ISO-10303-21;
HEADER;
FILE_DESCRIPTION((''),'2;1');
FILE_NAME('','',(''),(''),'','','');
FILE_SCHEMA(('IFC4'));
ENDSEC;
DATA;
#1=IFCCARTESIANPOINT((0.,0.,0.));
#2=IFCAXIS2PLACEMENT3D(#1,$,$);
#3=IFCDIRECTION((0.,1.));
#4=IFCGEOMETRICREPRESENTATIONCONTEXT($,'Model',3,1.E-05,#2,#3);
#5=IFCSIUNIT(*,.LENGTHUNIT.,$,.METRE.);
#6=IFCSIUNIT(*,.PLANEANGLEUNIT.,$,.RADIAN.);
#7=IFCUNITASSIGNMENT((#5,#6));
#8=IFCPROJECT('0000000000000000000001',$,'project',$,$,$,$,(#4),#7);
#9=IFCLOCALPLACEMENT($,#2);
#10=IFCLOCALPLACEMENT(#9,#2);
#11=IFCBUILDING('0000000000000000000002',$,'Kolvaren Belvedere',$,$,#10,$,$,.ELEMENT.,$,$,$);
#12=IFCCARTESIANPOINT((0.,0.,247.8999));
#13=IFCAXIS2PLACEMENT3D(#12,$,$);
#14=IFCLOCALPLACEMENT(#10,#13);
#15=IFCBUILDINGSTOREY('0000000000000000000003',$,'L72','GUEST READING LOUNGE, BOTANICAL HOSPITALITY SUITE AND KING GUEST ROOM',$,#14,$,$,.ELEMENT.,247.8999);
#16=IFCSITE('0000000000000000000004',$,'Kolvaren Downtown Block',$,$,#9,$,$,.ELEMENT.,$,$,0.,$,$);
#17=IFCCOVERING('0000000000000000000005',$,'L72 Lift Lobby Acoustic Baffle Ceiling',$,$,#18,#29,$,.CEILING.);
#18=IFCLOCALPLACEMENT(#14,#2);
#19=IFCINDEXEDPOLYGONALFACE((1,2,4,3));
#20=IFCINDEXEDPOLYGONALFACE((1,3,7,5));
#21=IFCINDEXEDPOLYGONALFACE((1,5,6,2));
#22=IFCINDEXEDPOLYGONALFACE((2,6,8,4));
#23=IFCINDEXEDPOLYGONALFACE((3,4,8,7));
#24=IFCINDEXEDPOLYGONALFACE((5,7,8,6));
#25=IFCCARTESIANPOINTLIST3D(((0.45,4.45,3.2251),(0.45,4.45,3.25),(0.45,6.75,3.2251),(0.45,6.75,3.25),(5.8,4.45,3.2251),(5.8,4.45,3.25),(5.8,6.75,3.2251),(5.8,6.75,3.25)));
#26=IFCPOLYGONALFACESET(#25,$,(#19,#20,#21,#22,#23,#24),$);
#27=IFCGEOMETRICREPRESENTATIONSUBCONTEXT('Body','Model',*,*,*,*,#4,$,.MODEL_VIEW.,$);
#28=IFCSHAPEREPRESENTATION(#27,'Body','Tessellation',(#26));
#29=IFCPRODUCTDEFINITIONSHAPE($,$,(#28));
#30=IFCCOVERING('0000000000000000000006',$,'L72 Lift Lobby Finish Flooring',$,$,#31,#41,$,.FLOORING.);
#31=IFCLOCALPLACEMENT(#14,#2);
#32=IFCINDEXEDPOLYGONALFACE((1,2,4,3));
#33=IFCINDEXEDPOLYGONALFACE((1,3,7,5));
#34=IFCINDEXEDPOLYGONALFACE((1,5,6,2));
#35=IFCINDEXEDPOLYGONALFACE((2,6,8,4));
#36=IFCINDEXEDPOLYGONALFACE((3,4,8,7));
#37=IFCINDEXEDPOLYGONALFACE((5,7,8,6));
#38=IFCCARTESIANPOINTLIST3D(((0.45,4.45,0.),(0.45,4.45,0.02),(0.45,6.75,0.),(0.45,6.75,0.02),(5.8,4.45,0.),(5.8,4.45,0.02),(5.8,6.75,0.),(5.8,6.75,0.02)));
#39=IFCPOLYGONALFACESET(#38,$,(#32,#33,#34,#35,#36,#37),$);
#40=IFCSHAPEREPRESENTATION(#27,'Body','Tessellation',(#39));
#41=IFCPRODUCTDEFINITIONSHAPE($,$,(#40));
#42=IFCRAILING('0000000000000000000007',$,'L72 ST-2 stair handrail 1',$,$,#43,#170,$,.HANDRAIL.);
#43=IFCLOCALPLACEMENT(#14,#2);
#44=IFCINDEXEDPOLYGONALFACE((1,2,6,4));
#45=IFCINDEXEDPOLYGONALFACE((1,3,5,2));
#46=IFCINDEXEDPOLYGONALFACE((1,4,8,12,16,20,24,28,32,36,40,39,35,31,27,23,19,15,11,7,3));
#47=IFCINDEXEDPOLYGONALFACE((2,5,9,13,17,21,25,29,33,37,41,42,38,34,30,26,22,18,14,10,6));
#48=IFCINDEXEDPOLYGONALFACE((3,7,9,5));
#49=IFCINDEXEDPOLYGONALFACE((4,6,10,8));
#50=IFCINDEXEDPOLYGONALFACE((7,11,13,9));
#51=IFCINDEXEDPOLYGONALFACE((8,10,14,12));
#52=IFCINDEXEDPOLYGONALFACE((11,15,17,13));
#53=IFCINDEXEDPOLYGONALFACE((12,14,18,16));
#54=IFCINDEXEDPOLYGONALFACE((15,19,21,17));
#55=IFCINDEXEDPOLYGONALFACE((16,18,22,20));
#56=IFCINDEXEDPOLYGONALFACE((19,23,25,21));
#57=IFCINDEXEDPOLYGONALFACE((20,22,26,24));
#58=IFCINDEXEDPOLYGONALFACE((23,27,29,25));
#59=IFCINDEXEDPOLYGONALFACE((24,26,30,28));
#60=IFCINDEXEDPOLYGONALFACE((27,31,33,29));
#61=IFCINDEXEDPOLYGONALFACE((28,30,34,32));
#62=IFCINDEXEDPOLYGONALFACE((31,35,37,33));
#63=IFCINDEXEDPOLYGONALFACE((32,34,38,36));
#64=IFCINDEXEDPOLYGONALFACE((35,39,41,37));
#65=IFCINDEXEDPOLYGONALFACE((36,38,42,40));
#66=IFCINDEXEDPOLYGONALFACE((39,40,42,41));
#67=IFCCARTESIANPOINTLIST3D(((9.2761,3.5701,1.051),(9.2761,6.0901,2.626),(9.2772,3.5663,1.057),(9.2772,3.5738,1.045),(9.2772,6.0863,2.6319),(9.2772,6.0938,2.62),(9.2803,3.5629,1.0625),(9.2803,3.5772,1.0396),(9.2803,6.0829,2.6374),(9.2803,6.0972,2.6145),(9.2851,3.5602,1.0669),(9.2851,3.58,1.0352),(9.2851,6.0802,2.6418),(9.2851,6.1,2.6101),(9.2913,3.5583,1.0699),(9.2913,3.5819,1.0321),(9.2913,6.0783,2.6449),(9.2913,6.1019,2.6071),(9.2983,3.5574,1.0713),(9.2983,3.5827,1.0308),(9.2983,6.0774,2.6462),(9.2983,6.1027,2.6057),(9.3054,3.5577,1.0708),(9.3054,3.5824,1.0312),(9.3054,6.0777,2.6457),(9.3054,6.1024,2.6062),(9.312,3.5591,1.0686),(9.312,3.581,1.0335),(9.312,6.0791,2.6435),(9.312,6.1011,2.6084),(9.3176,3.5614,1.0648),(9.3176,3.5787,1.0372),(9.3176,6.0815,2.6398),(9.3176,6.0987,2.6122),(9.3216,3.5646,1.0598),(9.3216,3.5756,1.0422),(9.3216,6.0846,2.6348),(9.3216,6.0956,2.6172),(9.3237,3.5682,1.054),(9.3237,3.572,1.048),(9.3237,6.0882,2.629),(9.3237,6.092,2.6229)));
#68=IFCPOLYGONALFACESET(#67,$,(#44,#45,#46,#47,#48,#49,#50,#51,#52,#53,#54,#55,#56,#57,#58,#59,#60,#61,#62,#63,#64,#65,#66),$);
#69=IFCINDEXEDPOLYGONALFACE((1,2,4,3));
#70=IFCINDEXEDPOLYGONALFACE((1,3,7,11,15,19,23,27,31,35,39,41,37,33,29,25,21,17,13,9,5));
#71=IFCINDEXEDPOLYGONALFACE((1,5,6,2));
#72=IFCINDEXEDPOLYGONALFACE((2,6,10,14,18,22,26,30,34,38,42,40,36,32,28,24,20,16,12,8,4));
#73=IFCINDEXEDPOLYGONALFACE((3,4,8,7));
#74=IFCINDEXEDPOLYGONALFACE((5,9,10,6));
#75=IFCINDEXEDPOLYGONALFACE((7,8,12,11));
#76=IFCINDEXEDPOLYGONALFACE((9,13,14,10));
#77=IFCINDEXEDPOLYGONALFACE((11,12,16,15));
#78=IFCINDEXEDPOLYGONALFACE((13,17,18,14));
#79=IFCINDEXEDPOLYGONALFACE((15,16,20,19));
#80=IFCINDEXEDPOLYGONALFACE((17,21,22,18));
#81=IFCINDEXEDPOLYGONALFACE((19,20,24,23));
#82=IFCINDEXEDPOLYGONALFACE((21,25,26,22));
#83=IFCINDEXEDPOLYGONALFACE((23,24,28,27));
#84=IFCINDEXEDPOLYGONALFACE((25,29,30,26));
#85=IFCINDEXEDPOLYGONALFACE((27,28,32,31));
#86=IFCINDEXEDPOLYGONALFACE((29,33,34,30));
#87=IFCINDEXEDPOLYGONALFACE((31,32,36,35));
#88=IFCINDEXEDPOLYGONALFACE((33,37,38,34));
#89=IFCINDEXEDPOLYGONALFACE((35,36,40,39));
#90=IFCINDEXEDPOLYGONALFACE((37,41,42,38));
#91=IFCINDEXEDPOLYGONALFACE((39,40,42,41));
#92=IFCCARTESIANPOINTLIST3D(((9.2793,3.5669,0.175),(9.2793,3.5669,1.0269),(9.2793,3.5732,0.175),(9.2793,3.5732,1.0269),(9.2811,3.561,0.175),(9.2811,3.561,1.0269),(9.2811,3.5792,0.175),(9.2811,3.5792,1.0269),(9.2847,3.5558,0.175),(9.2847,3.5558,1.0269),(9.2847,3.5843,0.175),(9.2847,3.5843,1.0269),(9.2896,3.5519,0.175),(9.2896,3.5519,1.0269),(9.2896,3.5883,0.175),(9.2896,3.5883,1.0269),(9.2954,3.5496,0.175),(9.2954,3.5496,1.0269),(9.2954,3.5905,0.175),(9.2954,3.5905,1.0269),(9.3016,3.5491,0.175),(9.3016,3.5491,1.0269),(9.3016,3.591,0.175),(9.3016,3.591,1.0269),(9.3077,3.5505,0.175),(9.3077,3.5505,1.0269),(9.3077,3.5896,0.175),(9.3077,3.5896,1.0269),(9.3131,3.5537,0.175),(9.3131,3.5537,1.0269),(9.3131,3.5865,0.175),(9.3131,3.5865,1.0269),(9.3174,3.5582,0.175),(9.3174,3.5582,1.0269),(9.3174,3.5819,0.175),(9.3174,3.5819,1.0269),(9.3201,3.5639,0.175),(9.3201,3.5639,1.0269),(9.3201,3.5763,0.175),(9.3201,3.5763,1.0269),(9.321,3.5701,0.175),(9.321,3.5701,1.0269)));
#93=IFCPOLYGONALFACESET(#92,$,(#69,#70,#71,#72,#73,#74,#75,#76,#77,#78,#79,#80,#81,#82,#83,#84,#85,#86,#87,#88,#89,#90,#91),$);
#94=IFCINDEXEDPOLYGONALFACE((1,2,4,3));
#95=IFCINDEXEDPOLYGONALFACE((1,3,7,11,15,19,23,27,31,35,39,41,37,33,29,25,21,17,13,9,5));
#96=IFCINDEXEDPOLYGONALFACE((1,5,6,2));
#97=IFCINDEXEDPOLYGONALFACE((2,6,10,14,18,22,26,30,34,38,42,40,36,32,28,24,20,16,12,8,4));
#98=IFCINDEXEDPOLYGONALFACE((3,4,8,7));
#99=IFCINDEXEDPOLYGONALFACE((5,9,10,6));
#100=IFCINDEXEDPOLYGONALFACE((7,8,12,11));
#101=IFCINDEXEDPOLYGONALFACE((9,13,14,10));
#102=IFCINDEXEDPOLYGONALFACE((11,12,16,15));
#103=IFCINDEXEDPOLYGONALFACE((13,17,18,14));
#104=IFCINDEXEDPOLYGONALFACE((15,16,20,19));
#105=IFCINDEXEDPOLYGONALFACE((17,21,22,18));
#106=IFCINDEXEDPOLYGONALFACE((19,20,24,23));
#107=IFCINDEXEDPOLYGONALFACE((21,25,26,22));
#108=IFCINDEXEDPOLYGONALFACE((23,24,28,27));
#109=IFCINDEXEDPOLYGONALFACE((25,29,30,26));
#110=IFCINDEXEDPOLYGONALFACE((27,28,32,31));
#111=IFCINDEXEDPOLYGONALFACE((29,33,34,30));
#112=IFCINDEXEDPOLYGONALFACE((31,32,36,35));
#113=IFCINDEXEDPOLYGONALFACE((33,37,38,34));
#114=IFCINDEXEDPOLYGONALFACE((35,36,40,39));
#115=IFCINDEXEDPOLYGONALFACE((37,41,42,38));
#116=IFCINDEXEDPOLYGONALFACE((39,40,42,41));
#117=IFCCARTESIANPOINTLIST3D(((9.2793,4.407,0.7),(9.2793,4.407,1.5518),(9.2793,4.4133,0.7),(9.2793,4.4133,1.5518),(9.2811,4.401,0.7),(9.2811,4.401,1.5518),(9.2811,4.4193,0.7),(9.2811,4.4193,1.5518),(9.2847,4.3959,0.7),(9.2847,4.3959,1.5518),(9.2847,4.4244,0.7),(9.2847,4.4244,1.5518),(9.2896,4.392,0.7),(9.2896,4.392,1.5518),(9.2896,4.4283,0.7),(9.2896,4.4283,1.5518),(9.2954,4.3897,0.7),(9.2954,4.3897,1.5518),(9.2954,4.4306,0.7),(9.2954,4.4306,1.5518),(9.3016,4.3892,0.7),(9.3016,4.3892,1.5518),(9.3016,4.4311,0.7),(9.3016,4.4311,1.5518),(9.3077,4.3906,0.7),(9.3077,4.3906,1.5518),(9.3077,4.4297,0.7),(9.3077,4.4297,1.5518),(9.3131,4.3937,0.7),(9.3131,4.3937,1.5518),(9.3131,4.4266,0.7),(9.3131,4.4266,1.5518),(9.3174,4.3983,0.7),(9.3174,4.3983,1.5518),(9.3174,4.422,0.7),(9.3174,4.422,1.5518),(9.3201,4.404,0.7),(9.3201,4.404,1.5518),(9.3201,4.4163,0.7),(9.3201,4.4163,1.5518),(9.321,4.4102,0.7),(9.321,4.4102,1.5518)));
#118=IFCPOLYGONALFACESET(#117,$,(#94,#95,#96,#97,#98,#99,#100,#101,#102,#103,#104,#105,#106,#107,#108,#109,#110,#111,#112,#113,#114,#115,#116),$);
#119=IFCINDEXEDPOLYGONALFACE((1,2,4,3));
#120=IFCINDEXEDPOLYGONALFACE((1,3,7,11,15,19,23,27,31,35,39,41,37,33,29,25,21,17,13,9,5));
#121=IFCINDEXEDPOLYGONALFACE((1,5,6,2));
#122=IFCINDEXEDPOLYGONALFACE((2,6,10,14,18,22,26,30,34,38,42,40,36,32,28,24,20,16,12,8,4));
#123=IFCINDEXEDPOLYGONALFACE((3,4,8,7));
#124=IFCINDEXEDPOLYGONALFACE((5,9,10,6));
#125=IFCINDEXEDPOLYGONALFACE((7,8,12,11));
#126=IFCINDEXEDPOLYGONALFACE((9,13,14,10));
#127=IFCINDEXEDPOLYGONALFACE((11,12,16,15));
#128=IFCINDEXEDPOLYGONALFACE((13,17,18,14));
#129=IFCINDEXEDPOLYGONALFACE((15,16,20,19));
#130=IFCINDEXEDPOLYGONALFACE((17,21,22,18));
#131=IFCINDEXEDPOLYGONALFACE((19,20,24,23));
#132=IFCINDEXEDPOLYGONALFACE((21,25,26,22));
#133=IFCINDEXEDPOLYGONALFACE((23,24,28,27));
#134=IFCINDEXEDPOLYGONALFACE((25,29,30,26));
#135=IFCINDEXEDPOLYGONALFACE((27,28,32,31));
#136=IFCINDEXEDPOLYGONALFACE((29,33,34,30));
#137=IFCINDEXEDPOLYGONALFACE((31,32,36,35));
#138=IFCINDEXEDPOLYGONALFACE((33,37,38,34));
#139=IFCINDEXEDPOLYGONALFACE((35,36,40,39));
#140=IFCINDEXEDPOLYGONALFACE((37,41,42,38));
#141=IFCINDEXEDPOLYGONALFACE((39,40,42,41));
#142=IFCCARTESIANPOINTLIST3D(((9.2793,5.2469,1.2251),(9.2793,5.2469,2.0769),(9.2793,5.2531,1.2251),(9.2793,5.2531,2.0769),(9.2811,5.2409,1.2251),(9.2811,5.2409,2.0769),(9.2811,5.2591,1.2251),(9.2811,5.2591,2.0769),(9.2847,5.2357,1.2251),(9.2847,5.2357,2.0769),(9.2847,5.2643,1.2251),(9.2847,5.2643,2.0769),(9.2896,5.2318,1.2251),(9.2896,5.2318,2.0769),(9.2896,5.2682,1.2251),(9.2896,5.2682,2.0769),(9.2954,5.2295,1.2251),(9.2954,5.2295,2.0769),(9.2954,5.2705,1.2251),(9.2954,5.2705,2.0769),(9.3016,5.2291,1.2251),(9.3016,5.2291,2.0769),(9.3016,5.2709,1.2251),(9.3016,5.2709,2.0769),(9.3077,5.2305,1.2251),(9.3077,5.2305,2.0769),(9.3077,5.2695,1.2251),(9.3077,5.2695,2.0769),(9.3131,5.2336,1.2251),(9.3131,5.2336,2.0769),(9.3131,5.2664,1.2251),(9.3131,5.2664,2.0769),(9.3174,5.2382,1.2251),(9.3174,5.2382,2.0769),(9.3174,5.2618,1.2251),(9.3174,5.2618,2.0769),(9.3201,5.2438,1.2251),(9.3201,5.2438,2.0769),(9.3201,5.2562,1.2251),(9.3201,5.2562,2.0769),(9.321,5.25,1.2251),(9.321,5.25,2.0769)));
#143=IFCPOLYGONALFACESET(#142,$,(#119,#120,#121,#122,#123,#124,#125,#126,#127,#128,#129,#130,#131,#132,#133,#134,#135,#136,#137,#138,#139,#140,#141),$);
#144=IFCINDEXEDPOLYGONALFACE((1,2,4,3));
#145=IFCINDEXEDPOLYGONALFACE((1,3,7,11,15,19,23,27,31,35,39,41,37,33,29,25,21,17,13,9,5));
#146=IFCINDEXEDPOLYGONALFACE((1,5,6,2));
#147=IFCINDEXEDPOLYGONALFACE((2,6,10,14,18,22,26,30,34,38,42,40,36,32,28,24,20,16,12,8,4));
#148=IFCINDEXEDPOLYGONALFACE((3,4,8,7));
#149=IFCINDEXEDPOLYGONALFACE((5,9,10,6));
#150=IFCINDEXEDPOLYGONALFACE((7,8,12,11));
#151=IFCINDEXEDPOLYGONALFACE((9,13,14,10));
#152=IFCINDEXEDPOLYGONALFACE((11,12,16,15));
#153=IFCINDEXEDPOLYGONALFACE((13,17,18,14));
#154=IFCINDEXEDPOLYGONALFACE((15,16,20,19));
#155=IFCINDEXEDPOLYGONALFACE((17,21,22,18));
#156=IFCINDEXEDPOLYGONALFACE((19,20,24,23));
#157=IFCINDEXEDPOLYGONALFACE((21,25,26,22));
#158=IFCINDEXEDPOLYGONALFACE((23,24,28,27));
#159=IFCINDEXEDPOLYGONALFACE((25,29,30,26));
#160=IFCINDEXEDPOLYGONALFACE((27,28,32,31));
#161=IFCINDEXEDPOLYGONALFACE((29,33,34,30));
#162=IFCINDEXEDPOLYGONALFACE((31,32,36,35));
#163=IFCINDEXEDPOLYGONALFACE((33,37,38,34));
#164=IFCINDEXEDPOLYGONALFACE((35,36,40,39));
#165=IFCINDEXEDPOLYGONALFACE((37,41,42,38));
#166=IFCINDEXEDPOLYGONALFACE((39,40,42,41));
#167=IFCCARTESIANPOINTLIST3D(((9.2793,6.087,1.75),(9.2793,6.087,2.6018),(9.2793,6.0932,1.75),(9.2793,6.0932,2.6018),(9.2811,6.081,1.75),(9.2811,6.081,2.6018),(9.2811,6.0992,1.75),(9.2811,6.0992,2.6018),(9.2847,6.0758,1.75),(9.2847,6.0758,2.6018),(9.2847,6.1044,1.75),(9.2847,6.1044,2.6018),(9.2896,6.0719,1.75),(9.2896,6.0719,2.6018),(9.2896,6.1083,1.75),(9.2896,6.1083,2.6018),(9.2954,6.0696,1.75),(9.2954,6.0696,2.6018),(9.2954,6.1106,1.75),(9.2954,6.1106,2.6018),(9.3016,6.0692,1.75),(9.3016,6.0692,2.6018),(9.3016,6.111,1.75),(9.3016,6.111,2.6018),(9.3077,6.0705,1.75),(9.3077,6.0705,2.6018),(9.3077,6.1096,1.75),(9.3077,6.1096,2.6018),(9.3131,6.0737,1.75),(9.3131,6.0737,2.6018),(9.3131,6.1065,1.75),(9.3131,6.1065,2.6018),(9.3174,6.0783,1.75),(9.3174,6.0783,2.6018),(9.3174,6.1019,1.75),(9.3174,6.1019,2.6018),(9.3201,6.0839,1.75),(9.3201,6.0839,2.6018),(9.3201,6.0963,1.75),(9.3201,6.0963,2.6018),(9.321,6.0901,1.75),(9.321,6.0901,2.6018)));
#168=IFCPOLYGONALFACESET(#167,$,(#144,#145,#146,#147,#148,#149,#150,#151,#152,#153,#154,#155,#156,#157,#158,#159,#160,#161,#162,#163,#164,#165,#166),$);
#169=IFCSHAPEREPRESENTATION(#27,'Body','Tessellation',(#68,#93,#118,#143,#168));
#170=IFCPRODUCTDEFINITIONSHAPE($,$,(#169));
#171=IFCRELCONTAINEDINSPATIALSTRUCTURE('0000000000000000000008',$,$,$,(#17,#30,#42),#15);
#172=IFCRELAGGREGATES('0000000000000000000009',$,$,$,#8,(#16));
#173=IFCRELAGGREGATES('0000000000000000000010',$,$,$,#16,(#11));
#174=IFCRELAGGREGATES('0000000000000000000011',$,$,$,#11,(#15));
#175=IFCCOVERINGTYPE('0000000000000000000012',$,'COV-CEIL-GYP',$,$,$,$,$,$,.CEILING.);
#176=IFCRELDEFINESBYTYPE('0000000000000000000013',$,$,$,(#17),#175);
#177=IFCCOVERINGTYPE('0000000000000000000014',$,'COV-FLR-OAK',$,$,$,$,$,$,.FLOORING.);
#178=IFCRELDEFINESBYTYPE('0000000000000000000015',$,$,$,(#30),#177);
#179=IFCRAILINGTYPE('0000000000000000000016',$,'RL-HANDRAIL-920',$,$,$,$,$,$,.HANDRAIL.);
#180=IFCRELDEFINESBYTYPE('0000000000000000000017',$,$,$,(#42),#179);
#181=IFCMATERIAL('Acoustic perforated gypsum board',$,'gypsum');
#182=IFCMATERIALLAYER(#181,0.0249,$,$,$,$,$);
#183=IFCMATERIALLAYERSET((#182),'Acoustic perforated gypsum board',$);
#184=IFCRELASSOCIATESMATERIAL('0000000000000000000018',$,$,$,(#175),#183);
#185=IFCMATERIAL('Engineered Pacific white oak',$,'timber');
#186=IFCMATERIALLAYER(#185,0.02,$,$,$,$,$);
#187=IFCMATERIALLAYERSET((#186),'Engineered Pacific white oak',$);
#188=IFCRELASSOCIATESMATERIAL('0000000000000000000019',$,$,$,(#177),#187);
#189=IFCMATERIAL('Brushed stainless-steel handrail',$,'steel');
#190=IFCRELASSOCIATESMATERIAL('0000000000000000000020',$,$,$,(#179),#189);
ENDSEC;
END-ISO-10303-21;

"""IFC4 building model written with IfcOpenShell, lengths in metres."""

from ifc_helpers import new_model, si_unit, direction, frame, origin, origin_2d, place, context, subcontext, project, spatial, polyline, circle, outline, extrude, material, layer, layer_set, type_object, element, save


model = new_model("IFC4")

# Units and contexts
model_context = context("Model", 3, precision=1e-05, world=origin(), true_north=direction((0.0, 1.0)))
body_context = subcontext(model_context, "Body", "Model", "MODEL_VIEW")
ifc_project = project(units=[si_unit("LENGTHUNIT", "METRE"), si_unit("PLANEANGLEUNIT", "RADIAN")], contexts=[model_context])

# Site, building, storey
site_placement = place(None, origin())
site = spatial("IfcSite", under=ifc_project, at=site_placement, Name="Kolvaren Downtown Block", CompositionType="ELEMENT", RefElevation=0.0)
building_placement = place(site_placement, origin())
building = spatial("IfcBuilding", under=site, at=building_placement, Name="Kolvaren Belvedere", CompositionType="ELEMENT")
storey_placement = place(building_placement, frame((0.0, 0.0, 247.8999)))
storey = spatial("IfcBuildingStorey", under=building, at=storey_placement, Name="L72", Description="GUEST READING LOUNGE, BOTANICAL HOSPITALITY SUITE AND KING GUEST ROOM", CompositionType="ELEMENT", Elevation=247.8999)

# Coverings
ifc_material_1 = material(Name="Acoustic perforated gypsum board", Category="gypsum")
ifc_layer_1 = layer(ifc_material_1, 0.0249)
ifc_layer_set_1 = layer_set([ifc_layer_1], Name="Acoustic perforated gypsum board")
covering_type_1 = type_object("IfcCoveringType", Name="COV-CEIL-GYP", PredefinedType="CEILING", material=ifc_layer_set_1)
covering_1_placement = place(storey_placement, frame((0.0, 0.0, 3.2251)))
element("IfcCovering", 1, at=covering_1_placement, inside=storey, type_object=covering_type_1, Name="L72 Lift Lobby Acoustic Baffle Ceiling", PredefinedType="CEILING", context=body_context, shape_type="SweptSolid", body=[
    extrude(outline(polyline([(0.45, 4.45), (5.8, 4.45), (5.8, 6.75), (0.45, 6.75), (0.45, 4.45)])), origin(), (0.0, 0.0, 1.0), 0.0249),
])
ifc_material_2 = material(Name="Engineered Pacific white oak", Category="timber")
ifc_layer_2 = layer(ifc_material_2, 0.02)
ifc_layer_set_2 = layer_set([ifc_layer_2], Name="Engineered Pacific white oak")
covering_type_2 = type_object("IfcCoveringType", Name="COV-FLR-OAK", PredefinedType="FLOORING", material=ifc_layer_set_2)
covering_2_placement = place(storey_placement, origin())
element("IfcCovering", 2, at=covering_2_placement, inside=storey, type_object=covering_type_2, Name="L72 Lift Lobby Finish Flooring", PredefinedType="FLOORING", context=body_context, shape_type="SweptSolid", body=[
    extrude(outline(polyline([(0.45, 4.45), (5.8, 4.45), (5.8, 6.75), (0.45, 6.75), (0.45, 4.45)])), origin(), (0.0, 0.0, 1.0), 0.02),
])

# Railing
ifc_material_3 = material(Name="Brushed stainless-steel handrail", Category="steel")
railing_type_1 = type_object("IfcRailingType", Name="RL-HANDRAIL-920", PredefinedType="HANDRAIL", material=ifc_material_3)
railing_1_placement = place(storey_placement, frame((9.3, 3.5701, 0.175)))
element("IfcRailing", 3, at=railing_1_placement, inside=storey, type_object=railing_type_1, Name="L72 ST-2 stair handrail 1", PredefinedType="HANDRAIL", context=body_context, shape_type="SweptSolid", body=[
    extrude(circle(Radius=0.0239, at=origin_2d()), frame((0.0, 0.0, 0.876), z_axis=(0.0, 0.848008, 0.529984), x_axis=(-1.0, 0.0, 0.0)), (0.0, 0.0, 1.0), 2.9717),
    extrude(circle(Radius=0.021, at=origin_2d()), origin(), (0.0, 0.0, 1.0), 0.8518),
    extrude(circle(Radius=0.021, at=origin_2d()), frame((0.0, 0.8401, 0.5249)), (0.0, 0.0, 1.0), 0.8518),
    extrude(circle(Radius=0.021, at=origin_2d()), frame((0.0, 1.6799, 1.05)), (0.0, 0.0, 1.0), 0.8518),
    extrude(circle(Radius=0.021, at=origin_2d()), frame((0.0, 2.52, 1.575)), (0.0, 0.0, 1.0), 0.8518),
])

save(model, "model.ifc")
